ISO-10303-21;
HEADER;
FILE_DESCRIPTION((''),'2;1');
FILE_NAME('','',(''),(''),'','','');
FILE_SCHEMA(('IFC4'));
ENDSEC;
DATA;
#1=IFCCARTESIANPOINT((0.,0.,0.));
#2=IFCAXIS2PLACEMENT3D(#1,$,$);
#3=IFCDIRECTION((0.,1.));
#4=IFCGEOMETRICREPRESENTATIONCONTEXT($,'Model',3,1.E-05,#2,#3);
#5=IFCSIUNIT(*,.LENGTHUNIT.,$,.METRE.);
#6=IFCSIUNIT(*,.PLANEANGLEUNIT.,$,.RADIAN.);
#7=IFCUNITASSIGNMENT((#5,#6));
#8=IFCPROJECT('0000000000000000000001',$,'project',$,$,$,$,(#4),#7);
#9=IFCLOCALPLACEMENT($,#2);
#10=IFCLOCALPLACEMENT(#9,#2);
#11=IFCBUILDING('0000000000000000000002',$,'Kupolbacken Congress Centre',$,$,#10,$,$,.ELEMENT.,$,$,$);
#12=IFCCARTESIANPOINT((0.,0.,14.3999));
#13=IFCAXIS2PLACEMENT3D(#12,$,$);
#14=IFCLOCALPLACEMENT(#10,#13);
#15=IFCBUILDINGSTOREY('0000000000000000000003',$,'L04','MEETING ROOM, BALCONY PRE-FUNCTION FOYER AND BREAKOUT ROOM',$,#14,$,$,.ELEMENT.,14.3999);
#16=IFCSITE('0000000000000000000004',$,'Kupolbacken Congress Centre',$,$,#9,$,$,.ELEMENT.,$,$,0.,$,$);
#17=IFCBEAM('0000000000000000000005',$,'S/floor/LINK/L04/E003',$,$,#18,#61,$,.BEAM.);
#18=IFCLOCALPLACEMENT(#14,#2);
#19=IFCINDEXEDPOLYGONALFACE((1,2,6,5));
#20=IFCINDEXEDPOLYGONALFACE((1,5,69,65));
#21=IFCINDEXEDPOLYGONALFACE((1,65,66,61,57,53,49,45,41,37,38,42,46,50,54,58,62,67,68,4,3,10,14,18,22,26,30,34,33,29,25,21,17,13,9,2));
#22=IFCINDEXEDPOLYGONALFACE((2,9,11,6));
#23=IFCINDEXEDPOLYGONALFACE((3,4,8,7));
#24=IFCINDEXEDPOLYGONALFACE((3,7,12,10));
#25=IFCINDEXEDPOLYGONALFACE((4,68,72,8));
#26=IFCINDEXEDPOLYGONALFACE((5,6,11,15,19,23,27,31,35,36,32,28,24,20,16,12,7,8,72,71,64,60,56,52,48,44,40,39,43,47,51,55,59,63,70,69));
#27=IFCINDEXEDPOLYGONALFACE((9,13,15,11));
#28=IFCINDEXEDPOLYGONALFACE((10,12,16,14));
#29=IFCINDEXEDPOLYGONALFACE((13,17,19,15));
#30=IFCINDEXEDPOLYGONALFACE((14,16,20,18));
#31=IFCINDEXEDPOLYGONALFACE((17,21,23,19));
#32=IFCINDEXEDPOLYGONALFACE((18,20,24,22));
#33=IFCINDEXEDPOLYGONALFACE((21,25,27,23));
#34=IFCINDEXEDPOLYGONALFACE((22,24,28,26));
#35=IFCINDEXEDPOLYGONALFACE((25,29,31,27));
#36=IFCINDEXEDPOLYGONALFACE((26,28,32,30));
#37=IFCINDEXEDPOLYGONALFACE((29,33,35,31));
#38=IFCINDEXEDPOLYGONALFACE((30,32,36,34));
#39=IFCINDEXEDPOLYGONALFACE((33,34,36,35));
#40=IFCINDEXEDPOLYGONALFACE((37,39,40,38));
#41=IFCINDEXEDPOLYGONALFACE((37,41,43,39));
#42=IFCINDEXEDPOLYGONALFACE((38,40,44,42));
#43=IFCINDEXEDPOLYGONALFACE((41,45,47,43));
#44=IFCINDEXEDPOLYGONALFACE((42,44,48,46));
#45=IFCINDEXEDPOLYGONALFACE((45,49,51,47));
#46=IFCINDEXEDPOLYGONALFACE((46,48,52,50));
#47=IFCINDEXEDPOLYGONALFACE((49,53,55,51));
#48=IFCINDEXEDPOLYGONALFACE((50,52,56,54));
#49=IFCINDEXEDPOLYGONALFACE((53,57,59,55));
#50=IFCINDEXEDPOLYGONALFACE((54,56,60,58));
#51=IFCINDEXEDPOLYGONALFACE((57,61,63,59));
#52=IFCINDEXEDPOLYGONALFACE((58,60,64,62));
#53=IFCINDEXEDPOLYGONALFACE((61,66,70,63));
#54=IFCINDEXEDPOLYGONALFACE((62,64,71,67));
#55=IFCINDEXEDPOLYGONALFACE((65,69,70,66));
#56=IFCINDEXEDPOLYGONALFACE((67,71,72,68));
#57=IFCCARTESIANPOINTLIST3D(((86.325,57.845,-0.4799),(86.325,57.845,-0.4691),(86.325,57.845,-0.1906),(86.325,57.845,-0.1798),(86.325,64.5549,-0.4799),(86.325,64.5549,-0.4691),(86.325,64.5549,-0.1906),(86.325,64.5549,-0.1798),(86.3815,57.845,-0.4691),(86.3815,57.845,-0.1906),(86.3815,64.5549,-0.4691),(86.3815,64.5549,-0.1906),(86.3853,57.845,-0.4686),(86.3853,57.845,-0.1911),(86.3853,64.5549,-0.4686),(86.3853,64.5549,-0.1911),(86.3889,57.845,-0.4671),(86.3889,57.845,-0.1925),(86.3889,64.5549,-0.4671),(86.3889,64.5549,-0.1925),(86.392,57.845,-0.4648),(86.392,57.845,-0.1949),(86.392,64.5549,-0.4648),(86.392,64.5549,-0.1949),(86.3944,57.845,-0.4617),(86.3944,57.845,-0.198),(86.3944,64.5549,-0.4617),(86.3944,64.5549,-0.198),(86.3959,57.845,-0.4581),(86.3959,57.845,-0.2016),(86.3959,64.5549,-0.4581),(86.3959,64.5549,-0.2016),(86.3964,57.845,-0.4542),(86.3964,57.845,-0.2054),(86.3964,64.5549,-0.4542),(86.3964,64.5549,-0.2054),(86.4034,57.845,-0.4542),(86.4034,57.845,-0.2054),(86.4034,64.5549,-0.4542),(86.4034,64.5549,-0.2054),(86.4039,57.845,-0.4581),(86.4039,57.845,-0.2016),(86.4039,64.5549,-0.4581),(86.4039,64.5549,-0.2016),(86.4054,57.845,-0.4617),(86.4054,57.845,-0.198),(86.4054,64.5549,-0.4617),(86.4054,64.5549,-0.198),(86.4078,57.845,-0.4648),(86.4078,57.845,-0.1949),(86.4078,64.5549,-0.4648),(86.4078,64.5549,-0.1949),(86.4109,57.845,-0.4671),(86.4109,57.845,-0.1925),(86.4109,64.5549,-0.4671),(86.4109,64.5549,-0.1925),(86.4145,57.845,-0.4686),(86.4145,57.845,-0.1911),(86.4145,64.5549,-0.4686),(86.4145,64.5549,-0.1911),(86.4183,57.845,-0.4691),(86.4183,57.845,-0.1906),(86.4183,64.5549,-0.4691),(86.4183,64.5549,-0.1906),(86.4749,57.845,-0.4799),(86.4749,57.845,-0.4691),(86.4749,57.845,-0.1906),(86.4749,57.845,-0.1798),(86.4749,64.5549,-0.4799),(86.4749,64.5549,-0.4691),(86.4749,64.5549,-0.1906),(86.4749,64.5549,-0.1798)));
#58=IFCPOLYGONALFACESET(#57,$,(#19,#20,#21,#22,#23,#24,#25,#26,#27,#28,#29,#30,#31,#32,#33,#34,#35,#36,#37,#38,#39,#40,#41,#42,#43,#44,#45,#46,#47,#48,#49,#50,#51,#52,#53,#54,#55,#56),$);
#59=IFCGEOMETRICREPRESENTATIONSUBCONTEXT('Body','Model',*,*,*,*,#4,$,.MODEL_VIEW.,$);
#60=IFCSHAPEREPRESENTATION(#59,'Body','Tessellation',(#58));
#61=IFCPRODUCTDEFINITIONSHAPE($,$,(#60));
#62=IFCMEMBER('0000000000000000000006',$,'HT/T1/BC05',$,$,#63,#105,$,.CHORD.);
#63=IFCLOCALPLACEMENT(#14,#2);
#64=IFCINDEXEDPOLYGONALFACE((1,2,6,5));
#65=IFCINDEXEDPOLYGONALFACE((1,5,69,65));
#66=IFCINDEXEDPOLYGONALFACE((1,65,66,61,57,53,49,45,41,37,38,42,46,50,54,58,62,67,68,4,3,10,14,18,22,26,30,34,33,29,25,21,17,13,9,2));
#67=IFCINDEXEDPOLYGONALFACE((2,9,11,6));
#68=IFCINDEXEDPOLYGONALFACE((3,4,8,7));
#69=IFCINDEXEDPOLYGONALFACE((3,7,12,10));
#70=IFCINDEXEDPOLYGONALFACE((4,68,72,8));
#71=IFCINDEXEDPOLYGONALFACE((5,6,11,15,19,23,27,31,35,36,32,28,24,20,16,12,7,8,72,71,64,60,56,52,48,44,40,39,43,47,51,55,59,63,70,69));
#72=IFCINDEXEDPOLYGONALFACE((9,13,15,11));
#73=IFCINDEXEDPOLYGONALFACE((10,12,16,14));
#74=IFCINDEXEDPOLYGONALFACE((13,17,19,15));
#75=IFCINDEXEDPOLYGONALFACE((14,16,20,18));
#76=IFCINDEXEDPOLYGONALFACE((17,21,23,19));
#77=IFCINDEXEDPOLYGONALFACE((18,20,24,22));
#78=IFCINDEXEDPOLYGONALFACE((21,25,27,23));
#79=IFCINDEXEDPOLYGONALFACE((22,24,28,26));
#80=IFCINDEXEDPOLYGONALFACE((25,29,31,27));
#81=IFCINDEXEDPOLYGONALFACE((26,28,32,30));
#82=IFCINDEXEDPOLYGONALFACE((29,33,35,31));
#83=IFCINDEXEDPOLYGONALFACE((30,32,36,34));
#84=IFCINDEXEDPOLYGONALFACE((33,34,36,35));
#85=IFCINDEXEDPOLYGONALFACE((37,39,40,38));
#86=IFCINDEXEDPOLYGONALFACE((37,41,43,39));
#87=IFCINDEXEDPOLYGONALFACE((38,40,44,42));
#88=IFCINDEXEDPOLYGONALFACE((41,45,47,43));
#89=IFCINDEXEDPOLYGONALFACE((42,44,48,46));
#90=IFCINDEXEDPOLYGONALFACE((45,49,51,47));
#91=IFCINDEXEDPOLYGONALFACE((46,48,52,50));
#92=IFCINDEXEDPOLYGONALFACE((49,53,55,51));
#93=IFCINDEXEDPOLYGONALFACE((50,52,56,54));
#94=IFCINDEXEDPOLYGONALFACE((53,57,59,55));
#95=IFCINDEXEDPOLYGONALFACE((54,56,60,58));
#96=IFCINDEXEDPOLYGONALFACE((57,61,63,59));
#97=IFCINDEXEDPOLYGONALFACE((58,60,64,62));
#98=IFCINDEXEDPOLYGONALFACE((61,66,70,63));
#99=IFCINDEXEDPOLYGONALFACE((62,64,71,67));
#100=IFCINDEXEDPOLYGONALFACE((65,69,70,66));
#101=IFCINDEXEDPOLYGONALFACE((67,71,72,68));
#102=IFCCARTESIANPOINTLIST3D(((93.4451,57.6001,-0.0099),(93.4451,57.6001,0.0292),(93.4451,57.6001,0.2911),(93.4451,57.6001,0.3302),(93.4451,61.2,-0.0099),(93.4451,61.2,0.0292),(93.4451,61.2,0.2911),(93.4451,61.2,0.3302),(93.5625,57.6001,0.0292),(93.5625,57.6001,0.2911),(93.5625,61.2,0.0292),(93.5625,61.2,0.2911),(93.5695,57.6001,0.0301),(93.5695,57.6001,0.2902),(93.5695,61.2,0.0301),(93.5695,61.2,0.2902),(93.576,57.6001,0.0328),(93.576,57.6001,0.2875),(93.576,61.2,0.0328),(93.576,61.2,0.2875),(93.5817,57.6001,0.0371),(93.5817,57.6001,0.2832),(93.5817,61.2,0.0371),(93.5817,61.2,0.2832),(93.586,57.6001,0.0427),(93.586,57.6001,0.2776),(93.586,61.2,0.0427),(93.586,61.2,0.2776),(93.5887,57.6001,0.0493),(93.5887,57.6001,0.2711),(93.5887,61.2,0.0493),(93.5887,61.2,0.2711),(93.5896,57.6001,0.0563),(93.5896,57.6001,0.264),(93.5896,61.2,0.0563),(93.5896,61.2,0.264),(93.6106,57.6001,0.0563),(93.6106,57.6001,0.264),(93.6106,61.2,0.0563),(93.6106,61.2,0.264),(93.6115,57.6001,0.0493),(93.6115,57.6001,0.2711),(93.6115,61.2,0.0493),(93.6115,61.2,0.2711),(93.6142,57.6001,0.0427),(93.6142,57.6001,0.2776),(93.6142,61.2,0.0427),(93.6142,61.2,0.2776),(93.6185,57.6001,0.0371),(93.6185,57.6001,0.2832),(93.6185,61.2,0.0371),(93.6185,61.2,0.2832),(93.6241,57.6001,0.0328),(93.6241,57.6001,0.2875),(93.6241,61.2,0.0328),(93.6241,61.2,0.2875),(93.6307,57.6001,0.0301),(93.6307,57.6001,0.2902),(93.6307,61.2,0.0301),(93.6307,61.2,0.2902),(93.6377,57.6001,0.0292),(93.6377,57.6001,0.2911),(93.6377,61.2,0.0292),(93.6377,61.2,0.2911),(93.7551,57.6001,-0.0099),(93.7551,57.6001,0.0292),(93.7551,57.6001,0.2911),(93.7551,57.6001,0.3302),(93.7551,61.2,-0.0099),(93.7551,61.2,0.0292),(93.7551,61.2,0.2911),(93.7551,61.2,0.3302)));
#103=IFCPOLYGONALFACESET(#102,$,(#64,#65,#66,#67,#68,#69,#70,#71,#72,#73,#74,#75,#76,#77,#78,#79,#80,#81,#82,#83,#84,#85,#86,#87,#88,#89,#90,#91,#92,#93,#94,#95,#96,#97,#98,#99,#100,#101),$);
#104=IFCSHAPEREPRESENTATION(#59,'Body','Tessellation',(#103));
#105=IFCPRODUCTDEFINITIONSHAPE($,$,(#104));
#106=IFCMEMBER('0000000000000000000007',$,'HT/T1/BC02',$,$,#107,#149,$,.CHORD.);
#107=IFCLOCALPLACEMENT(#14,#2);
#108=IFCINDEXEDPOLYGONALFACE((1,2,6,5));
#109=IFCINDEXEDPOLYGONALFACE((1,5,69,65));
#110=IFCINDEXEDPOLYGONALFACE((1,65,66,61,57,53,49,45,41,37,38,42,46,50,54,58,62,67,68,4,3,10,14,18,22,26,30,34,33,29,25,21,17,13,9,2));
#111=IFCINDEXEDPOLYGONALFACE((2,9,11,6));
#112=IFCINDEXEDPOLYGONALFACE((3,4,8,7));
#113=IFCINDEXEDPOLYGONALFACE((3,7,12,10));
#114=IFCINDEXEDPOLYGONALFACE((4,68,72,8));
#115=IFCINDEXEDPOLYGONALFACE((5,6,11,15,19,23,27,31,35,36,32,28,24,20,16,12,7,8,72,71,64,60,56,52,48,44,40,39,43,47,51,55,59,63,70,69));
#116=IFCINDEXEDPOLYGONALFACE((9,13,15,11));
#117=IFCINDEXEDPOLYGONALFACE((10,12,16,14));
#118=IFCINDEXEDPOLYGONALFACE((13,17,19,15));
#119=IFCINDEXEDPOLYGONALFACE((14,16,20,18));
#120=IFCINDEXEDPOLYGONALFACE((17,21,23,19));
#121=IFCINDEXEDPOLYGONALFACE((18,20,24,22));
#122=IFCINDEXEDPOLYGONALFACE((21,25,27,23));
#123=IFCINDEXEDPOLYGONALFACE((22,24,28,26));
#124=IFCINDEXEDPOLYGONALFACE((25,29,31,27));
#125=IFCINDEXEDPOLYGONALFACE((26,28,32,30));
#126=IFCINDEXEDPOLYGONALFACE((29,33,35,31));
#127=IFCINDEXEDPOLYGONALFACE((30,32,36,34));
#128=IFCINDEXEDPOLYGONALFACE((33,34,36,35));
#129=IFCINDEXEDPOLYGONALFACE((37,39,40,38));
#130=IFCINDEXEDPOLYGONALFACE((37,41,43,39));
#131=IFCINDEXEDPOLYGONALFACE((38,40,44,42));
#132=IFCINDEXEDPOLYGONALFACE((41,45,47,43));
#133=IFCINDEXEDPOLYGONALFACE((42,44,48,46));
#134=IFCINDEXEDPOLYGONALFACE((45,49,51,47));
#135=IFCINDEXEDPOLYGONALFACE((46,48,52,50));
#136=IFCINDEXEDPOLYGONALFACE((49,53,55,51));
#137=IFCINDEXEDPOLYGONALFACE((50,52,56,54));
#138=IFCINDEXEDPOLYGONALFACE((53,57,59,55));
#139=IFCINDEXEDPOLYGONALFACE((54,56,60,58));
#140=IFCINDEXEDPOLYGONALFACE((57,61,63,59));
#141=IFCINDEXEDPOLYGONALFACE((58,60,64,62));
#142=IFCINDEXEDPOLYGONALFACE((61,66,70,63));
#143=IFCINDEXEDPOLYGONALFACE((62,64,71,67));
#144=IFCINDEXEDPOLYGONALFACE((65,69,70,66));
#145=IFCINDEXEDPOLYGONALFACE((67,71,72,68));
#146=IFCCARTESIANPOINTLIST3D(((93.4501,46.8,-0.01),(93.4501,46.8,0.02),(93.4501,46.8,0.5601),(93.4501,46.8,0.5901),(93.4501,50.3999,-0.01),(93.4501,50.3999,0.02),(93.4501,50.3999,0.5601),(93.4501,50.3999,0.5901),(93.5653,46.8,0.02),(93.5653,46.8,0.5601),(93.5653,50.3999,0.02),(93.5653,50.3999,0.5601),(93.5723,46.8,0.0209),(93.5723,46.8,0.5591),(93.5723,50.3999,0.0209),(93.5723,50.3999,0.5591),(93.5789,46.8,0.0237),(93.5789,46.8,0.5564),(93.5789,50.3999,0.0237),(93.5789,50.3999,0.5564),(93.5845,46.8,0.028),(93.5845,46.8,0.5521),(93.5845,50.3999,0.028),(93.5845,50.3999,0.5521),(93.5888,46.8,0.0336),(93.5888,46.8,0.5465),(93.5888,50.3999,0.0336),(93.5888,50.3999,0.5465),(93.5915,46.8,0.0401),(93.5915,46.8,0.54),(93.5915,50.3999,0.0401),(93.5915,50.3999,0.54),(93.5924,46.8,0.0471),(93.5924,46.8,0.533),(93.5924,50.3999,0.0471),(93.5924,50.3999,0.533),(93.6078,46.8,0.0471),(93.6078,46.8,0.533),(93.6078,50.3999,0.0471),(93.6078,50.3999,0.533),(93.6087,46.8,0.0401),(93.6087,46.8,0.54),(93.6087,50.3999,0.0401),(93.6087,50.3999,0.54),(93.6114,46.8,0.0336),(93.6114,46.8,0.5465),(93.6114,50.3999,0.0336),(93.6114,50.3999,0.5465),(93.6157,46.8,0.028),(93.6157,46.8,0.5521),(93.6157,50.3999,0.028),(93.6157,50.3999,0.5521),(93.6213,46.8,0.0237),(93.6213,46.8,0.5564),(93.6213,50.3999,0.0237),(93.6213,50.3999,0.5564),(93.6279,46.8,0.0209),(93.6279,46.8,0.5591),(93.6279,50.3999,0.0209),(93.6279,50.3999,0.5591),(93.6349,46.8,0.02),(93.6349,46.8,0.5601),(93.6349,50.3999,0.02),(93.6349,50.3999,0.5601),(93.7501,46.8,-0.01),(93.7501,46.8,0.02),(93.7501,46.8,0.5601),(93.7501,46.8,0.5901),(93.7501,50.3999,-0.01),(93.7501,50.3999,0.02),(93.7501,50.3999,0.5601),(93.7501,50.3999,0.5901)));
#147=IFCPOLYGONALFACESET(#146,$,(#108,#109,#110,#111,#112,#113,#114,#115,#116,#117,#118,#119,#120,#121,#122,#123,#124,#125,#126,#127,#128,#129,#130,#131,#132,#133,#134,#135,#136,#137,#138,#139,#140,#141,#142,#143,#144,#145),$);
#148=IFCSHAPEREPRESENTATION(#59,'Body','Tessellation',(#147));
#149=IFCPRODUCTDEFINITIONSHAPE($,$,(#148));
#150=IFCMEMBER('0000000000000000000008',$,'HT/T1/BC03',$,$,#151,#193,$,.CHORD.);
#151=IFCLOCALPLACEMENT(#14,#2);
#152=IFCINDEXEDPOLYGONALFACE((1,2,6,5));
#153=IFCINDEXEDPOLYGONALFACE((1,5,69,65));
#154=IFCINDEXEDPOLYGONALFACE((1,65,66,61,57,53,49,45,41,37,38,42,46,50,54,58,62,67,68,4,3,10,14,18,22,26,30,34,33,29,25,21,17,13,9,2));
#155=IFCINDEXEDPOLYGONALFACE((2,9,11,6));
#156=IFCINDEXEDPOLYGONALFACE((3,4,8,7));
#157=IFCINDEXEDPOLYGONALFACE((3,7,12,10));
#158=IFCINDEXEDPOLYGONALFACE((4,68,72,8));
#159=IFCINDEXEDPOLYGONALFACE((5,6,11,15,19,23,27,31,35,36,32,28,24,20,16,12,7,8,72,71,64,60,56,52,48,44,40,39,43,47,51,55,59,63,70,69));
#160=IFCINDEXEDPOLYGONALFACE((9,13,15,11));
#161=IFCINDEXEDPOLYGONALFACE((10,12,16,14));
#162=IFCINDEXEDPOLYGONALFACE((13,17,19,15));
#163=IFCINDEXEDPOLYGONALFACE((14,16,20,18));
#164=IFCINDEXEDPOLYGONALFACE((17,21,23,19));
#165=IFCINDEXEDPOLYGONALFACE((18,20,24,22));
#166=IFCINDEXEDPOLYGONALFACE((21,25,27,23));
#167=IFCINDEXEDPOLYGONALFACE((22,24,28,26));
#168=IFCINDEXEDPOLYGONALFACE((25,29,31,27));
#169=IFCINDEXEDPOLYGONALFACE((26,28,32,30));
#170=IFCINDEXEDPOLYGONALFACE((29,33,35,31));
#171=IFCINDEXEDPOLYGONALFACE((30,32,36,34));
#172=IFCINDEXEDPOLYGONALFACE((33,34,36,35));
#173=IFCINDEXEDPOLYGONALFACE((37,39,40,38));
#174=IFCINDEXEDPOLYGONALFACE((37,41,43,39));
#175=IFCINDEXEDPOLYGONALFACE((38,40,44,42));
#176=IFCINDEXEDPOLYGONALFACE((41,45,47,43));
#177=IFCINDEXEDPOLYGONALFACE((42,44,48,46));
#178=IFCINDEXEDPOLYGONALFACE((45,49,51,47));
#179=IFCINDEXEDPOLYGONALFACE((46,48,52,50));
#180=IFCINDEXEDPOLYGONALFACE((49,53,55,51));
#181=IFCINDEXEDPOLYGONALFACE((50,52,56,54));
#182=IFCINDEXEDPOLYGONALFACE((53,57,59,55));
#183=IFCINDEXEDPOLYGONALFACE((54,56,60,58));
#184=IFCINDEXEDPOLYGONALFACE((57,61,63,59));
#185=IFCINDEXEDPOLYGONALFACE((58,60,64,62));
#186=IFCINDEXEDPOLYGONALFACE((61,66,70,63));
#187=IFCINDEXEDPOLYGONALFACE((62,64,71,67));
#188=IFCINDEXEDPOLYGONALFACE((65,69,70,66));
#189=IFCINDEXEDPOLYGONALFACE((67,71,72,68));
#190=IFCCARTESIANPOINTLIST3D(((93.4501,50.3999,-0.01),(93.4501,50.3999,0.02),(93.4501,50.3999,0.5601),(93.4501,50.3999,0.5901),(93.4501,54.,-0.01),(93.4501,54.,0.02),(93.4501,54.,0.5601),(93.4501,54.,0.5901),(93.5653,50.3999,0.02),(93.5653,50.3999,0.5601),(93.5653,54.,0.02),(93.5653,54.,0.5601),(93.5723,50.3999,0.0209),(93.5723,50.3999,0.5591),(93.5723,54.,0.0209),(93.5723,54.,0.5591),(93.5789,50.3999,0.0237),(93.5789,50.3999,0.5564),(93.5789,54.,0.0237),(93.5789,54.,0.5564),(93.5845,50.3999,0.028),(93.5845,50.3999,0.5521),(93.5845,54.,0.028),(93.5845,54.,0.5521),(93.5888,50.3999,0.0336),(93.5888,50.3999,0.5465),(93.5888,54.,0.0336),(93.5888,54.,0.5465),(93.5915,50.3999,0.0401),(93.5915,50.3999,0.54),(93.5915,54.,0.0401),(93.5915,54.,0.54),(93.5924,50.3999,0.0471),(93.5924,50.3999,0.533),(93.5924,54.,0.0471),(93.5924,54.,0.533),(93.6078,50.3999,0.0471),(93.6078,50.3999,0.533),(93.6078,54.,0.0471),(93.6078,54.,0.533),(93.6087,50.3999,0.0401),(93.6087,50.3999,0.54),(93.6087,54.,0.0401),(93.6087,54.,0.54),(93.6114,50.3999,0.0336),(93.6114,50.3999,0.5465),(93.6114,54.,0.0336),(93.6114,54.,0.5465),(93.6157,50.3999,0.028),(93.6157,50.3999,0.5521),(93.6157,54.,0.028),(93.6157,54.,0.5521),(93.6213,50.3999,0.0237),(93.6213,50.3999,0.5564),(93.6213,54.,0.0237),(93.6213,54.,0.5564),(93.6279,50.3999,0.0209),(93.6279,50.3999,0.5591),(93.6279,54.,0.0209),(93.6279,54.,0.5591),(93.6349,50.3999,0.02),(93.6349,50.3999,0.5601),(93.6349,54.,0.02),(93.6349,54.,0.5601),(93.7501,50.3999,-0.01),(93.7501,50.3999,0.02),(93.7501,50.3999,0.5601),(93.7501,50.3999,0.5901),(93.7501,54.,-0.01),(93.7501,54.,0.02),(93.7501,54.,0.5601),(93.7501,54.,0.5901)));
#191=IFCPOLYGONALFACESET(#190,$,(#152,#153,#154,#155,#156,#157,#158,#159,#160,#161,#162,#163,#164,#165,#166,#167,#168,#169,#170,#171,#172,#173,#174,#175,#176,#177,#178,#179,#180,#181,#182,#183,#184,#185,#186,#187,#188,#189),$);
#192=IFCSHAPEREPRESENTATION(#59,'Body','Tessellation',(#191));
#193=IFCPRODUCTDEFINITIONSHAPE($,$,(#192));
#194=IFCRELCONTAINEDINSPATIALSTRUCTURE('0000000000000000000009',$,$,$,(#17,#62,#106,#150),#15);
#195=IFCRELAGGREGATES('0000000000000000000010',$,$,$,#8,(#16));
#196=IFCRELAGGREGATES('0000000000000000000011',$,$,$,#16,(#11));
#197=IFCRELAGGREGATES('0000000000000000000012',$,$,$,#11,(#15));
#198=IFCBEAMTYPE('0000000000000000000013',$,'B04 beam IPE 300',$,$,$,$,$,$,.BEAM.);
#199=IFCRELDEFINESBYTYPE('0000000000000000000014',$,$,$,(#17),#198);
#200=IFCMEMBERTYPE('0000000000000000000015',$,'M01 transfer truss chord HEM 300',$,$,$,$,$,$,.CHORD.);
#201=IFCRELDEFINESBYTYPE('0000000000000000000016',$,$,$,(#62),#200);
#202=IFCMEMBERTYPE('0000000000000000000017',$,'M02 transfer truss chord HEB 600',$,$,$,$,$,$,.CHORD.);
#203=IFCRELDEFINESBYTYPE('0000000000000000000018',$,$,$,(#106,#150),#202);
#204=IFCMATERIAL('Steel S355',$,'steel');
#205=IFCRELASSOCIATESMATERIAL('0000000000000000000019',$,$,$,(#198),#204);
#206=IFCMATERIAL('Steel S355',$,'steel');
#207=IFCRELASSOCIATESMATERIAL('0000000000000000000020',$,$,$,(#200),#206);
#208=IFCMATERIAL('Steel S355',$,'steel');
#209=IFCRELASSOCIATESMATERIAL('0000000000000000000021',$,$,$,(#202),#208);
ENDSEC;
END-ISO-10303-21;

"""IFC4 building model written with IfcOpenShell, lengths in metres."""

from ifc_helpers import new_model, si_unit, direction, frame, origin, origin_2d, place, context, subcontext, project, spatial, i_section, extrude, material, material_profile, profile_set, type_object, element, save


model = new_model("IFC4")

# Units and contexts
model_context = context("Model", 3, precision=1e-05, world=origin(), true_north=direction((0.0, 1.0)))
body_context = subcontext(model_context, "Body", "Model", "MODEL_VIEW")
ifc_project = project(units=[si_unit("LENGTHUNIT", "METRE"), si_unit("PLANEANGLEUNIT", "RADIAN")], contexts=[model_context])

# Site, building, storey
site_placement = place(None, origin())
site = spatial("IfcSite", under=ifc_project, at=site_placement, Name="Kupolbacken Congress Centre", CompositionType="ELEMENT", RefElevation=0.0)
building_placement = place(site_placement, origin())
building = spatial("IfcBuilding", under=site, at=building_placement, Name="Kupolbacken Congress Centre", CompositionType="ELEMENT")
storey_placement = place(building_placement, frame((0.0, 0.0, 14.3999)))
storey = spatial("IfcBuildingStorey", under=building, at=storey_placement, Name="L04", Description="MEETING ROOM, BALCONY PRE-FUNCTION FOYER AND BREAKOUT ROOM", CompositionType="ELEMENT", Elevation=14.3999)

# Beam
ifc_material_1 = material(Name="Steel S355", Category="steel")
ifc_material_profile_1 = material_profile(ifc_material_1, i_section(OverallWidth=0.1499, OverallDepth=0.3, WebThickness=0.0071, FlangeThickness=0.0107, FilletRadius=0.0149, at=origin_2d()), Name="IPE 300")
ifc_profile_set_1 = profile_set([ifc_material_profile_1], Name="Steel S355")
beam_type_1 = type_object("IfcBeamType", Name="B04 beam IPE 300", PredefinedType="BEAM", material=ifc_profile_set_1)
beam_1_placement = place(storey_placement, frame((86.3999, 57.845, -0.3298), z_axis=(0.0, 1.0, 0.0), x_axis=(-1.0, 0.0, 0.0)))
element("IfcBeam", 1, at=beam_1_placement, inside=storey, type_object=beam_type_1, Name="S/floor/LINK/L04/E003", PredefinedType="BEAM", context=body_context, shape_type="SweptSolid", body=[
    extrude(i_section(OverallWidth=0.1499, OverallDepth=0.3, WebThickness=0.0071, FlangeThickness=0.0107, FilletRadius=0.0149, at=origin_2d()), origin(), (0.0, 0.0, 1.0), 6.71),
])

# Members
ifc_material_2 = material(Name="Steel S355", Category="steel")
ifc_material_profile_2 = material_profile(ifc_material_2, i_section(OverallWidth=0.3101, OverallDepth=0.3401, WebThickness=0.021, FlangeThickness=0.0391, FilletRadius=0.0271, at=origin_2d()), Name="HEM 300")
ifc_profile_set_2 = profile_set([ifc_material_profile_2], Name="Steel S355")
member_type_1 = type_object("IfcMemberType", Name="M01 transfer truss chord HEM 300", PredefinedType="CHORD", material=ifc_profile_set_2)
member_1_placement = place(storey_placement, frame((93.6001, 57.6001, 0.1602), z_axis=(0.0, 1.0, 0.0), x_axis=(-1.0, 0.0, 0.0)))
element("IfcMember", 2, at=member_1_placement, inside=storey, type_object=member_type_1, Name="HT/T1/BC05", PredefinedType="CHORD", context=body_context, shape_type="SweptSolid", body=[
    extrude(i_section(OverallWidth=0.3101, OverallDepth=0.3401, WebThickness=0.021, FlangeThickness=0.0391, FilletRadius=0.0271, at=origin_2d()), origin(), (0.0, 0.0, 1.0), 3.5999),
])
ifc_material_3 = material(Name="Steel S355", Category="steel")
ifc_material_profile_3 = material_profile(ifc_material_3, i_section(OverallWidth=0.3, OverallDepth=0.6001, WebThickness=0.0154, FlangeThickness=0.03, FilletRadius=0.0271, at=origin_2d()), Name="HEB 600")
ifc_profile_set_3 = profile_set([ifc_material_profile_3], Name="Steel S355")
member_type_2 = type_object("IfcMemberType", Name="M02 transfer truss chord HEB 600", PredefinedType="CHORD", material=ifc_profile_set_3)
member_2_placement = place(storey_placement, frame((93.6001, 46.8, 0.29), z_axis=(0.0, 1.0, 0.0), x_axis=(-1.0, 0.0, 0.0)))
element("IfcMember", 3, at=member_2_placement, inside=storey, type_object=member_type_2, Name="HT/T1/BC02", PredefinedType="CHORD", context=body_context, shape_type="SweptSolid", body=[
    extrude(i_section(OverallWidth=0.3, OverallDepth=0.6001, WebThickness=0.0154, FlangeThickness=0.03, FilletRadius=0.0271, at=origin_2d()), origin(), (0.0, 0.0, 1.0), 3.5999),
])
for number, where, z_axis, x_axis, name in (
    (4, (93.6001, 50.3999, 0.29), (0.0, 1.0, 0.0), (-1.0, 0.0, 0.0), "HT/T1/BC03"),
):
    element("IfcMember", number, at=place(storey_placement, frame(where, z_axis=z_axis, x_axis=x_axis)), inside=storey, type_object=member_type_2, Name=name, PredefinedType="CHORD", context=body_context, shape_type="SweptSolid", body=[
        extrude(i_section(OverallWidth=0.3, OverallDepth=0.6001, WebThickness=0.0154, FlangeThickness=0.03, FilletRadius=0.0271, at=origin_2d()), origin(), (0.0, 0.0, 1.0), 3.6001),
    ])

save(model, "model.ifc")
